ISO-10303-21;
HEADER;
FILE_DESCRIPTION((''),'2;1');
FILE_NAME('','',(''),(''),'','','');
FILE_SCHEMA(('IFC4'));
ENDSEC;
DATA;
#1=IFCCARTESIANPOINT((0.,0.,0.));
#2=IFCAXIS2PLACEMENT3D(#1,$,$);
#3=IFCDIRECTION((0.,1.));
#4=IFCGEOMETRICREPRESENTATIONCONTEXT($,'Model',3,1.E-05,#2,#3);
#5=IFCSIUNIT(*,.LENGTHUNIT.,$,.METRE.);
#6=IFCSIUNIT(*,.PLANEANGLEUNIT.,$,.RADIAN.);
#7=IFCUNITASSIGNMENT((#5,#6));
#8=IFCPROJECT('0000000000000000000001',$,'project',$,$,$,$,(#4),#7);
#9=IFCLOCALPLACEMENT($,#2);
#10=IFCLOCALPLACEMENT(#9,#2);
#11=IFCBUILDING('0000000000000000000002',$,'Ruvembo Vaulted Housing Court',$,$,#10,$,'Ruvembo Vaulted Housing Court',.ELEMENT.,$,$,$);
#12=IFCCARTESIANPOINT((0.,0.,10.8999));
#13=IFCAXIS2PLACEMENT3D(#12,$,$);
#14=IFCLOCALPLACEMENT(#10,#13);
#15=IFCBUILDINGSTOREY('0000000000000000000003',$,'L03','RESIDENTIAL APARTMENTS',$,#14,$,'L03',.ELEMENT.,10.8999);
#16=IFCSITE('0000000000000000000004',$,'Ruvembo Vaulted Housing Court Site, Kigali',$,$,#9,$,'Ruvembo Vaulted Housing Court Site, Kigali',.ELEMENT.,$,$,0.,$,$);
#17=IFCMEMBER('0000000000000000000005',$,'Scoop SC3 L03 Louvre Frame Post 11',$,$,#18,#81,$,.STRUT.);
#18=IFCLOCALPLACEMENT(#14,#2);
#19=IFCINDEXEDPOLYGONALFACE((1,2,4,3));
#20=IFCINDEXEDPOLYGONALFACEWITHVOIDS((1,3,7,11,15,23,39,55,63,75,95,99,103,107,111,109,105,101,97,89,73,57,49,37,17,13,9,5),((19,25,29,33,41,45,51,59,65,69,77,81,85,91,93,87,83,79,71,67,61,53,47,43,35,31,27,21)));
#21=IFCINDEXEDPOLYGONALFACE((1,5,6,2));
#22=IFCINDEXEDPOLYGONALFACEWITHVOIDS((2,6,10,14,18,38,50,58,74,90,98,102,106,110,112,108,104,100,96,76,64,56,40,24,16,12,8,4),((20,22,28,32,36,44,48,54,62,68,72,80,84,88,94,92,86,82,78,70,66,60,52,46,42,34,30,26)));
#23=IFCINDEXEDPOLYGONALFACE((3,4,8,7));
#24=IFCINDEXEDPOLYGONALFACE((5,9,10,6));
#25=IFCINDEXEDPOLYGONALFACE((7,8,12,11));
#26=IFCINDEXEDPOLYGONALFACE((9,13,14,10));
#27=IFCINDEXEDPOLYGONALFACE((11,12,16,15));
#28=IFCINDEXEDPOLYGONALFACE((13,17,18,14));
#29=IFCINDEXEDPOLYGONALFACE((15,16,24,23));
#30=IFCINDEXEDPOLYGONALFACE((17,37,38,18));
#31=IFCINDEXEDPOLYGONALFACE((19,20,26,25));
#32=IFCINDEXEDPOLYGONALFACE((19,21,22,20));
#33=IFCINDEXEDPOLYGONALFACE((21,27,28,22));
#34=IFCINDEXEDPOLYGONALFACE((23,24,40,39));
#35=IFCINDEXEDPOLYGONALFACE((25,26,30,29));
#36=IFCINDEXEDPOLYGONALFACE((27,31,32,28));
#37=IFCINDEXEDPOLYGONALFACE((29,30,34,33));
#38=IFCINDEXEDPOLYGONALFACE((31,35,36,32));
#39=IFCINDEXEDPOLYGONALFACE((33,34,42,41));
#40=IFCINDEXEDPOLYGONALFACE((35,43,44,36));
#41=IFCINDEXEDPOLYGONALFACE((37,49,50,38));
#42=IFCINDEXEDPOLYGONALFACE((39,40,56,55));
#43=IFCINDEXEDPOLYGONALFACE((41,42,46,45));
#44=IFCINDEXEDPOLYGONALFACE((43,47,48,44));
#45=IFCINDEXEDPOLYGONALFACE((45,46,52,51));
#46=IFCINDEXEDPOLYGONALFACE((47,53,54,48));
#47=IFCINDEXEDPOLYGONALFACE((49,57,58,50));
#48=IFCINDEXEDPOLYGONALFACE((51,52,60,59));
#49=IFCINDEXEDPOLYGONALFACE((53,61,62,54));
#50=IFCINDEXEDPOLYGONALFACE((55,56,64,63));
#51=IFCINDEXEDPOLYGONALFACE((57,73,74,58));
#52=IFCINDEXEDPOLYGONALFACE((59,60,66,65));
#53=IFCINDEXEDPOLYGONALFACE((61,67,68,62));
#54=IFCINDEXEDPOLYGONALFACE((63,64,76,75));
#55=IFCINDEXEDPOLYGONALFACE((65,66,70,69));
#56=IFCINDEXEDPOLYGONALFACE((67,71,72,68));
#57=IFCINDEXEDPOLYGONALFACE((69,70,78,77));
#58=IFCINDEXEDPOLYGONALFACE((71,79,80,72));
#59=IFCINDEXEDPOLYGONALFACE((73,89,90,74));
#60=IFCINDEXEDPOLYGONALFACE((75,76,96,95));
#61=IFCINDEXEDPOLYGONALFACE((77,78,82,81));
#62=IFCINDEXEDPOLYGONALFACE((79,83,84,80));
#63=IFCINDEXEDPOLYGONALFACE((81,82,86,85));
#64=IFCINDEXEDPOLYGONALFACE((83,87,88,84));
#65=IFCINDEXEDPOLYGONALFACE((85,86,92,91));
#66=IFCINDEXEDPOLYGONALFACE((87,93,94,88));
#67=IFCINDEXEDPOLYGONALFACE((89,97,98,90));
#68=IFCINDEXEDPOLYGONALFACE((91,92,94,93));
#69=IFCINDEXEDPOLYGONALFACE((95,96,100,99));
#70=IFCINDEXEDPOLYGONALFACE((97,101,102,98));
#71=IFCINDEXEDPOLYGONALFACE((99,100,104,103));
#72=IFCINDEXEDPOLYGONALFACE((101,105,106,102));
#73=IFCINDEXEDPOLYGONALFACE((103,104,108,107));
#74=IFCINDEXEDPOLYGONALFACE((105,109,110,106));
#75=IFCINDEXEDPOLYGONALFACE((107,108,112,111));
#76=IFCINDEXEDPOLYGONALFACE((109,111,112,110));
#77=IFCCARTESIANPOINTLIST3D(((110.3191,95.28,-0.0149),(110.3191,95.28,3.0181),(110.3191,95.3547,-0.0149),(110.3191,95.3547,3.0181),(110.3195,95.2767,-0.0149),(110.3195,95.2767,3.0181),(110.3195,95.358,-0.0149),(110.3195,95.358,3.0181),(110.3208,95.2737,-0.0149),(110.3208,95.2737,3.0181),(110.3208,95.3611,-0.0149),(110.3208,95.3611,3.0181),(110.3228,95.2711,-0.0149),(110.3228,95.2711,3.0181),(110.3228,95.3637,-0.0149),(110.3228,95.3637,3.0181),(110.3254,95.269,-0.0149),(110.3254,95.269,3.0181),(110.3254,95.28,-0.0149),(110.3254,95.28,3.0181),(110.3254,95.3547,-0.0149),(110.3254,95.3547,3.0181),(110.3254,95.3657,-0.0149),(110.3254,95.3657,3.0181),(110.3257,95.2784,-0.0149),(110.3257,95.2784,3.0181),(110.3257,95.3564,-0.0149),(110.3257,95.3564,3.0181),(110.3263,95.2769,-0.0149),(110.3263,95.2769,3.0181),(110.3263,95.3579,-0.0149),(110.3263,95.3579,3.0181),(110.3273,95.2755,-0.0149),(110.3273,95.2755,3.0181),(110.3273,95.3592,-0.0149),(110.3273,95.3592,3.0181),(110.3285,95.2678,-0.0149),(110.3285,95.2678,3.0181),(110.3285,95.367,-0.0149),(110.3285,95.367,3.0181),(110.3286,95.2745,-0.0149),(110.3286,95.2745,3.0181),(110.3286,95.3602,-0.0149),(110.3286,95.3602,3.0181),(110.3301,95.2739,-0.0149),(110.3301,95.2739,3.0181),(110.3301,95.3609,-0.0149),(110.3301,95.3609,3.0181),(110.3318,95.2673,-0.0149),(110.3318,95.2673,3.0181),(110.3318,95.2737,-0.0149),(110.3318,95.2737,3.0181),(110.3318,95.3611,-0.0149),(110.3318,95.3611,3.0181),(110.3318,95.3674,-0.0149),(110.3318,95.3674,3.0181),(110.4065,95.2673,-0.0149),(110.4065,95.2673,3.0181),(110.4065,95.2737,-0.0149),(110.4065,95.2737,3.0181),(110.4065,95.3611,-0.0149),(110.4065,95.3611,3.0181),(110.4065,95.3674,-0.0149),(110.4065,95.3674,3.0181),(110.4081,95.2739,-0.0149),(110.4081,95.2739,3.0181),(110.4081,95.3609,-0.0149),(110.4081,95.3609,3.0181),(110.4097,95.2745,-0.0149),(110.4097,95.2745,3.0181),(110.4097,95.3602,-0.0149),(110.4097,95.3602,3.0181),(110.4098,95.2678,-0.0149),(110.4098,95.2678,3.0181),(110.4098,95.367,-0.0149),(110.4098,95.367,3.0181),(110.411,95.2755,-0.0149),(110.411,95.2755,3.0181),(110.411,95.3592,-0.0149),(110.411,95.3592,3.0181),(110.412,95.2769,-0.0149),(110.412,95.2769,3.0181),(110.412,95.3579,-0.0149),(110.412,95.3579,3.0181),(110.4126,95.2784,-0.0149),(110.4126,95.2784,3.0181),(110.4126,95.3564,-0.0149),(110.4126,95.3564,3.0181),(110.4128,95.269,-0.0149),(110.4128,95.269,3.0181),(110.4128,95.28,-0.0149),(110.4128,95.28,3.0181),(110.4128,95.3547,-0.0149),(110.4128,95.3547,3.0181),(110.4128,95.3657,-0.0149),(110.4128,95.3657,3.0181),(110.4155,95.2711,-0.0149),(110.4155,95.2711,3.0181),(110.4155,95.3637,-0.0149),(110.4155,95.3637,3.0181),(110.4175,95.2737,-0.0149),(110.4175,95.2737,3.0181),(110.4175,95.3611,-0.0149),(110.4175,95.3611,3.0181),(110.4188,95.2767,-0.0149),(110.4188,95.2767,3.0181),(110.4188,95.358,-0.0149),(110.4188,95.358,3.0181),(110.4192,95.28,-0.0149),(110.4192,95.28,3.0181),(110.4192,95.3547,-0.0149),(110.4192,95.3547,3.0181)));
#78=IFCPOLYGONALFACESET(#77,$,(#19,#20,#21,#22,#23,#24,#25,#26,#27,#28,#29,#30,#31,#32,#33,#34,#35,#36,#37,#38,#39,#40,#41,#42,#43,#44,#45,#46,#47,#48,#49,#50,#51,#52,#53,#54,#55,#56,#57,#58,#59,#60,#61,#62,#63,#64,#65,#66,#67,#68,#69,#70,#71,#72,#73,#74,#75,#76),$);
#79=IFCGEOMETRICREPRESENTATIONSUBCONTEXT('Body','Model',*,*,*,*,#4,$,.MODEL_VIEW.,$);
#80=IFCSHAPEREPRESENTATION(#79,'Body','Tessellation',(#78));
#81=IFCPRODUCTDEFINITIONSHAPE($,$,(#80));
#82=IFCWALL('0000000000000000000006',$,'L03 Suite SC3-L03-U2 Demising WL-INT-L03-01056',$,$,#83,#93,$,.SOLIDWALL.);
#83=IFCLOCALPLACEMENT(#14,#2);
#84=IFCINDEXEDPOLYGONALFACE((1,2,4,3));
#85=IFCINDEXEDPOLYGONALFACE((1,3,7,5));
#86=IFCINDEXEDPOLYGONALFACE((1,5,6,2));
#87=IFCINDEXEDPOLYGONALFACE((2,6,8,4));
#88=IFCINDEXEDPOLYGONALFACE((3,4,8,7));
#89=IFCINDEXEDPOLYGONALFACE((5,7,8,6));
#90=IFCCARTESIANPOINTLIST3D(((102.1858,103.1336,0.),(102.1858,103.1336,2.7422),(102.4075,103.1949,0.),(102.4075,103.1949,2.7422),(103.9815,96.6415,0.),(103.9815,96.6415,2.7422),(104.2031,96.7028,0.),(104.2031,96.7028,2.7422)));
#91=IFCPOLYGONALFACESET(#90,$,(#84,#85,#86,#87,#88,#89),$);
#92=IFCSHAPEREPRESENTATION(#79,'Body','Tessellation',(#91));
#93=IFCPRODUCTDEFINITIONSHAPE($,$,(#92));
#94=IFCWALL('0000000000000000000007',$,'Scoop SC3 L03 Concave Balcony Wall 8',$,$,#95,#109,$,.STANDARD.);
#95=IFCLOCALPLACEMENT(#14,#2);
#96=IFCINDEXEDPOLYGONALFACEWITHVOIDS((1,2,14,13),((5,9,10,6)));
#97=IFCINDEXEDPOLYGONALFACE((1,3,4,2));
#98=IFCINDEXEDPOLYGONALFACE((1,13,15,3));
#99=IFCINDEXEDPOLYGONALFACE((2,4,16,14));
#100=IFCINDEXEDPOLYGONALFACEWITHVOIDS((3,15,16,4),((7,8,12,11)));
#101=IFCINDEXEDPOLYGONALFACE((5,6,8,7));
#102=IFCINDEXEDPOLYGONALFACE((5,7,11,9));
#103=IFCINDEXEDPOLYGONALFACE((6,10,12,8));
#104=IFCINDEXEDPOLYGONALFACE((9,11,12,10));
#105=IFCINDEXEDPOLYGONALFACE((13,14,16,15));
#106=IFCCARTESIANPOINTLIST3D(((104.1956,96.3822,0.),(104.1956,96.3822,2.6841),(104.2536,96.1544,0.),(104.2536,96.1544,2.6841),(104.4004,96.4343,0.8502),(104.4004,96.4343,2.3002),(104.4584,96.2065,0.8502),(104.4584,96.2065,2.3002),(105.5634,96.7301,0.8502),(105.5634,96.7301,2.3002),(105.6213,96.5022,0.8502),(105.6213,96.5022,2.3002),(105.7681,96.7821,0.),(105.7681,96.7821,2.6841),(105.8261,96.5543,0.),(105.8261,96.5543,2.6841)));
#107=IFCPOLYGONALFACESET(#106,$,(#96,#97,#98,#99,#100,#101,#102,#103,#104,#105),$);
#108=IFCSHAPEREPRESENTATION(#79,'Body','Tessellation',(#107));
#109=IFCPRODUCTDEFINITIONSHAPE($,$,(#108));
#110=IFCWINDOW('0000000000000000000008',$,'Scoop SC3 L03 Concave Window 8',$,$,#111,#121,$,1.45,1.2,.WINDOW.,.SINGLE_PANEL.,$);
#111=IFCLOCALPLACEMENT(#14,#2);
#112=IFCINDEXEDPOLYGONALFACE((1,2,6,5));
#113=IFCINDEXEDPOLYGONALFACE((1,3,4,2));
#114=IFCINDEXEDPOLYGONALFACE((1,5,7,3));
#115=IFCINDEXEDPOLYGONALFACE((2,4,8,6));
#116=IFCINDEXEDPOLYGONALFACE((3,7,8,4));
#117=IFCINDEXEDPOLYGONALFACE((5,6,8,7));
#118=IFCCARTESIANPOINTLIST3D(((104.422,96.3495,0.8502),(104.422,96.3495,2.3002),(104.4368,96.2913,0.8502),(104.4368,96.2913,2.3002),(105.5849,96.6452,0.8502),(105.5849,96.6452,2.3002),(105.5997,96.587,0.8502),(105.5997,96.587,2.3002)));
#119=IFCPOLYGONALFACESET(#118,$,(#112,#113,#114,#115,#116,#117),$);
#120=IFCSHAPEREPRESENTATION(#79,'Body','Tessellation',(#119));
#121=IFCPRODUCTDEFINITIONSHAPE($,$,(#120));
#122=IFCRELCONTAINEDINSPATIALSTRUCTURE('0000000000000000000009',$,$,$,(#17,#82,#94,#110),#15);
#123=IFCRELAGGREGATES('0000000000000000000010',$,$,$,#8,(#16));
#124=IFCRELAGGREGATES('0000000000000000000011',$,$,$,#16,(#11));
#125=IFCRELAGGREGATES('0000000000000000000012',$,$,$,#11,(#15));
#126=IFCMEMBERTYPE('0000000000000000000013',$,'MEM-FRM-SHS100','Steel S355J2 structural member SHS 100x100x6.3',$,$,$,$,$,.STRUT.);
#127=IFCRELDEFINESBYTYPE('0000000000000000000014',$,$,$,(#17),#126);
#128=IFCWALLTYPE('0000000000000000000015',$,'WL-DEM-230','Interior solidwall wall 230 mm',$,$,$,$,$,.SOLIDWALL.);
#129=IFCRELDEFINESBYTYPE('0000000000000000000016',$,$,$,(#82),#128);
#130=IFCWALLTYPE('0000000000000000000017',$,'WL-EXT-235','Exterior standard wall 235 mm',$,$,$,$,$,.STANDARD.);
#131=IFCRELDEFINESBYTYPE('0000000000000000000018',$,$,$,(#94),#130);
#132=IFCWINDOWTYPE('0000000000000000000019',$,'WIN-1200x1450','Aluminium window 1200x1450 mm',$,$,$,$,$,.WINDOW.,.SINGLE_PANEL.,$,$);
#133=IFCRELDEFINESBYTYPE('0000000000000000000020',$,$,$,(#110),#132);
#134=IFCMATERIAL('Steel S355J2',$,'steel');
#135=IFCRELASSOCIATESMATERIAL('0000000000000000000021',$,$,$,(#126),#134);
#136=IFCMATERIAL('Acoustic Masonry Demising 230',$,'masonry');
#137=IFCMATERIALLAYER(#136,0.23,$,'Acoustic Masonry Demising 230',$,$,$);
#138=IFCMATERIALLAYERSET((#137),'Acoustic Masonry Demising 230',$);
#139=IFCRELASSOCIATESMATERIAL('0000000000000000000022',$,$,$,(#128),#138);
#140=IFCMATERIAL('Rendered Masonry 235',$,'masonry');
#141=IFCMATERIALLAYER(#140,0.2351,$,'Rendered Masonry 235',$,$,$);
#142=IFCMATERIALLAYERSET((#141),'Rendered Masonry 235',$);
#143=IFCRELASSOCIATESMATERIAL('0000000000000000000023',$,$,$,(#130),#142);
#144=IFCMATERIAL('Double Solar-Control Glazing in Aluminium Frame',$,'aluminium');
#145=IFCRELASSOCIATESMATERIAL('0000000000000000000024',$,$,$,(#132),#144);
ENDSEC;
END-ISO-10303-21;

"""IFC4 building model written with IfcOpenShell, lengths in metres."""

from ifc_helpers import new_model, si_unit, direction, frame, frame_2d, origin, origin_2d, place, context, subcontext, project, spatial, rectangle, hollow_rectangle, extrude, material, layer, layer_set, material_profile, profile_set, type_object, element, fill, save


model = new_model("IFC4")

# Units and contexts
model_context = context("Model", 3, precision=1e-05, world=origin(), true_north=direction((0.0, 1.0)))
body_context = subcontext(model_context, "Body", "Model", "MODEL_VIEW")
ifc_project = project(units=[si_unit("LENGTHUNIT", "METRE"), si_unit("PLANEANGLEUNIT", "RADIAN")], contexts=[model_context])

# Site, building, storey
site_placement = place(None, origin())
site = spatial("IfcSite", under=ifc_project, at=site_placement, Name="Ruvembo Vaulted Housing Court Site, Kigali", LongName="Ruvembo Vaulted Housing Court Site, Kigali", CompositionType="ELEMENT", RefElevation=0.0)
building_placement = place(site_placement, origin())
building = spatial("IfcBuilding", under=site, at=building_placement, Name="Ruvembo Vaulted Housing Court", LongName="Ruvembo Vaulted Housing Court", CompositionType="ELEMENT")
storey_placement = place(building_placement, frame((0.0, 0.0, 10.8999)))
storey = spatial("IfcBuildingStorey", under=building, at=storey_placement, Name="L03", Description="RESIDENTIAL APARTMENTS", LongName="L03", CompositionType="ELEMENT", Elevation=10.8999)

# Shared definitions
ifc_material_1 = material(Name="Steel S355J2", Category="steel")

# Member
ifc_material_profile_1 = material_profile(ifc_material_1, hollow_rectangle(XDim=0.1001, YDim=0.1001, WallThickness=0.0063, InnerFilletRadius=0.0063, OuterFilletRadius=0.0127, at=origin_2d()), Name="SHS 100x100x6.3")
ifc_profile_set_1 = profile_set([ifc_material_profile_1], Name="Steel S355J2")
member_type_1 = type_object("IfcMemberType", Name="MEM-FRM-SHS100", Description="Steel S355J2 structural member SHS 100x100x6.3", PredefinedType="STRUT", material=ifc_profile_set_1)
for number, where, z_axis, x_axis, name in (
    (1, (110.3691, 95.3174, -0.0149), (0.0, 0.0, 1.0), (1.0, 0.0, 0.0), "Scoop SC3 L03 Louvre Frame Post 11"),
):
    element("IfcMember", number, at=place(storey_placement, frame(where, z_axis=z_axis, x_axis=x_axis)), inside=storey, type_object=member_type_1, Name=name, PredefinedType="STRUT", context=body_context, shape_type="SweptSolid", body=[
        extrude(hollow_rectangle(XDim=0.1001, YDim=0.1001, WallThickness=0.0063, InnerFilletRadius=0.0063, OuterFilletRadius=0.0127, at=origin_2d()), origin(), (0.0, 0.0, 1.0), 3.033),
    ])

# Wall
ifc_material_2 = material(Name="Acoustic Masonry Demising 230", Category="masonry")
ifc_layer_1 = layer(ifc_material_2, 0.23, Name="Acoustic Masonry Demising 230")
ifc_layer_set_1 = layer_set([ifc_layer_1], Name="Acoustic Masonry Demising 230")
wall_type_1 = type_object("IfcWallType", Name="WL-DEM-230", Description="Interior solidwall wall 230 mm", PredefinedType="SOLIDWALL", material=ifc_layer_set_1)
wall_1_placement = place(storey_placement, frame((104.0923, 96.6721, 0.0), z_axis=(0.0, 0.0, 1.0), x_axis=(-0.266578, 0.963813, 0.0)))
element("IfcWall", 2, at=wall_1_placement, inside=storey, type_object=wall_type_1, Name="L03 Suite SC3-L03-U2 Demising WL-INT-L03-01056", PredefinedType="SOLIDWALL", context=body_context, shape_type="SweptSolid", body=[
    extrude(rectangle(XDim=6.7358, YDim=0.23, at=frame_2d((3.3679, 0.0))), origin(), (0.0, 0.0, 1.0), 2.7422),
])

# Wall, opening, window
ifc_material_3 = material(Name="Rendered Masonry 235", Category="masonry")
ifc_layer_2 = layer(ifc_material_3, 0.2351, Name="Rendered Masonry 235")
ifc_layer_set_2 = layer_set([ifc_layer_2], Name="Rendered Masonry 235")
wall_type_2 = type_object("IfcWallType", Name="WL-EXT-235", Description="Exterior standard wall 235 mm", PredefinedType="STANDARD", material=ifc_layer_set_2)
wall_2_placement = place(storey_placement, frame((104.2246, 96.2683, 0.0), z_axis=(0.0, 0.0, 1.0), x_axis=(0.969152, 0.246463, 0.0)))
wall_2 = element("IfcWall", 3, at=wall_2_placement, inside=storey, type_object=wall_type_2, Name="Scoop SC3 L03 Concave Balcony Wall 8", PredefinedType="STANDARD", context=body_context, shape_type="SweptSolid", body=[
    extrude(rectangle(XDim=1.6226, YDim=0.2351, at=frame_2d((0.8113, 0.0))), origin(), (0.0, 0.0, 1.0), 2.6841),
])
opening_placement = place(wall_2_placement, frame((0.2112, 0.0, 0.8501)))
opening = element("IfcOpeningElement", 4, at=opening_placement, cuts=wall_2, PredefinedType="OPENING", context=body_context, shape_type="SweptSolid", body=[
    extrude(rectangle(XDim=1.2, YDim=1.45, at=frame_2d((0.6001, 0.7251))), frame((0.0, 0.1274, 0.0), z_axis=(0.0, -1.0, 0.0), x_axis=(1.0, 0.0, 0.0)), (0.0, 0.0, 1.0), 0.2551),
])
ifc_material_4 = material(Name="Double Solar-Control Glazing in Aluminium Frame", Category="aluminium")
window_type = type_object("IfcWindowType", Name="WIN-1200x1450", Description="Aluminium window 1200x1450 mm", PartitioningType="SINGLE_PANEL", PredefinedType="WINDOW", material=ifc_material_4)
window_placement = place(opening_placement, origin())
window = element("IfcWindow", 5, at=window_placement, inside=storey, type_object=window_type, Name="Scoop SC3 L03 Concave Window 8", OverallHeight=1.45, OverallWidth=1.2, PartitioningType="SINGLE_PANEL", PredefinedType="WINDOW", context=body_context, shape_type="SweptSolid", body=[
    extrude(rectangle(XDim=1.2, YDim=1.45, at=frame_2d((0.6001, 0.7251))), frame((0.0, 0.03, 0.0), z_axis=(0.0, -1.0, 0.0), x_axis=(1.0, 0.0, 0.0)), (0.0, 0.0, 1.0), 0.0601),
])
fill(opening, window)

save(model, "model.ifc")
